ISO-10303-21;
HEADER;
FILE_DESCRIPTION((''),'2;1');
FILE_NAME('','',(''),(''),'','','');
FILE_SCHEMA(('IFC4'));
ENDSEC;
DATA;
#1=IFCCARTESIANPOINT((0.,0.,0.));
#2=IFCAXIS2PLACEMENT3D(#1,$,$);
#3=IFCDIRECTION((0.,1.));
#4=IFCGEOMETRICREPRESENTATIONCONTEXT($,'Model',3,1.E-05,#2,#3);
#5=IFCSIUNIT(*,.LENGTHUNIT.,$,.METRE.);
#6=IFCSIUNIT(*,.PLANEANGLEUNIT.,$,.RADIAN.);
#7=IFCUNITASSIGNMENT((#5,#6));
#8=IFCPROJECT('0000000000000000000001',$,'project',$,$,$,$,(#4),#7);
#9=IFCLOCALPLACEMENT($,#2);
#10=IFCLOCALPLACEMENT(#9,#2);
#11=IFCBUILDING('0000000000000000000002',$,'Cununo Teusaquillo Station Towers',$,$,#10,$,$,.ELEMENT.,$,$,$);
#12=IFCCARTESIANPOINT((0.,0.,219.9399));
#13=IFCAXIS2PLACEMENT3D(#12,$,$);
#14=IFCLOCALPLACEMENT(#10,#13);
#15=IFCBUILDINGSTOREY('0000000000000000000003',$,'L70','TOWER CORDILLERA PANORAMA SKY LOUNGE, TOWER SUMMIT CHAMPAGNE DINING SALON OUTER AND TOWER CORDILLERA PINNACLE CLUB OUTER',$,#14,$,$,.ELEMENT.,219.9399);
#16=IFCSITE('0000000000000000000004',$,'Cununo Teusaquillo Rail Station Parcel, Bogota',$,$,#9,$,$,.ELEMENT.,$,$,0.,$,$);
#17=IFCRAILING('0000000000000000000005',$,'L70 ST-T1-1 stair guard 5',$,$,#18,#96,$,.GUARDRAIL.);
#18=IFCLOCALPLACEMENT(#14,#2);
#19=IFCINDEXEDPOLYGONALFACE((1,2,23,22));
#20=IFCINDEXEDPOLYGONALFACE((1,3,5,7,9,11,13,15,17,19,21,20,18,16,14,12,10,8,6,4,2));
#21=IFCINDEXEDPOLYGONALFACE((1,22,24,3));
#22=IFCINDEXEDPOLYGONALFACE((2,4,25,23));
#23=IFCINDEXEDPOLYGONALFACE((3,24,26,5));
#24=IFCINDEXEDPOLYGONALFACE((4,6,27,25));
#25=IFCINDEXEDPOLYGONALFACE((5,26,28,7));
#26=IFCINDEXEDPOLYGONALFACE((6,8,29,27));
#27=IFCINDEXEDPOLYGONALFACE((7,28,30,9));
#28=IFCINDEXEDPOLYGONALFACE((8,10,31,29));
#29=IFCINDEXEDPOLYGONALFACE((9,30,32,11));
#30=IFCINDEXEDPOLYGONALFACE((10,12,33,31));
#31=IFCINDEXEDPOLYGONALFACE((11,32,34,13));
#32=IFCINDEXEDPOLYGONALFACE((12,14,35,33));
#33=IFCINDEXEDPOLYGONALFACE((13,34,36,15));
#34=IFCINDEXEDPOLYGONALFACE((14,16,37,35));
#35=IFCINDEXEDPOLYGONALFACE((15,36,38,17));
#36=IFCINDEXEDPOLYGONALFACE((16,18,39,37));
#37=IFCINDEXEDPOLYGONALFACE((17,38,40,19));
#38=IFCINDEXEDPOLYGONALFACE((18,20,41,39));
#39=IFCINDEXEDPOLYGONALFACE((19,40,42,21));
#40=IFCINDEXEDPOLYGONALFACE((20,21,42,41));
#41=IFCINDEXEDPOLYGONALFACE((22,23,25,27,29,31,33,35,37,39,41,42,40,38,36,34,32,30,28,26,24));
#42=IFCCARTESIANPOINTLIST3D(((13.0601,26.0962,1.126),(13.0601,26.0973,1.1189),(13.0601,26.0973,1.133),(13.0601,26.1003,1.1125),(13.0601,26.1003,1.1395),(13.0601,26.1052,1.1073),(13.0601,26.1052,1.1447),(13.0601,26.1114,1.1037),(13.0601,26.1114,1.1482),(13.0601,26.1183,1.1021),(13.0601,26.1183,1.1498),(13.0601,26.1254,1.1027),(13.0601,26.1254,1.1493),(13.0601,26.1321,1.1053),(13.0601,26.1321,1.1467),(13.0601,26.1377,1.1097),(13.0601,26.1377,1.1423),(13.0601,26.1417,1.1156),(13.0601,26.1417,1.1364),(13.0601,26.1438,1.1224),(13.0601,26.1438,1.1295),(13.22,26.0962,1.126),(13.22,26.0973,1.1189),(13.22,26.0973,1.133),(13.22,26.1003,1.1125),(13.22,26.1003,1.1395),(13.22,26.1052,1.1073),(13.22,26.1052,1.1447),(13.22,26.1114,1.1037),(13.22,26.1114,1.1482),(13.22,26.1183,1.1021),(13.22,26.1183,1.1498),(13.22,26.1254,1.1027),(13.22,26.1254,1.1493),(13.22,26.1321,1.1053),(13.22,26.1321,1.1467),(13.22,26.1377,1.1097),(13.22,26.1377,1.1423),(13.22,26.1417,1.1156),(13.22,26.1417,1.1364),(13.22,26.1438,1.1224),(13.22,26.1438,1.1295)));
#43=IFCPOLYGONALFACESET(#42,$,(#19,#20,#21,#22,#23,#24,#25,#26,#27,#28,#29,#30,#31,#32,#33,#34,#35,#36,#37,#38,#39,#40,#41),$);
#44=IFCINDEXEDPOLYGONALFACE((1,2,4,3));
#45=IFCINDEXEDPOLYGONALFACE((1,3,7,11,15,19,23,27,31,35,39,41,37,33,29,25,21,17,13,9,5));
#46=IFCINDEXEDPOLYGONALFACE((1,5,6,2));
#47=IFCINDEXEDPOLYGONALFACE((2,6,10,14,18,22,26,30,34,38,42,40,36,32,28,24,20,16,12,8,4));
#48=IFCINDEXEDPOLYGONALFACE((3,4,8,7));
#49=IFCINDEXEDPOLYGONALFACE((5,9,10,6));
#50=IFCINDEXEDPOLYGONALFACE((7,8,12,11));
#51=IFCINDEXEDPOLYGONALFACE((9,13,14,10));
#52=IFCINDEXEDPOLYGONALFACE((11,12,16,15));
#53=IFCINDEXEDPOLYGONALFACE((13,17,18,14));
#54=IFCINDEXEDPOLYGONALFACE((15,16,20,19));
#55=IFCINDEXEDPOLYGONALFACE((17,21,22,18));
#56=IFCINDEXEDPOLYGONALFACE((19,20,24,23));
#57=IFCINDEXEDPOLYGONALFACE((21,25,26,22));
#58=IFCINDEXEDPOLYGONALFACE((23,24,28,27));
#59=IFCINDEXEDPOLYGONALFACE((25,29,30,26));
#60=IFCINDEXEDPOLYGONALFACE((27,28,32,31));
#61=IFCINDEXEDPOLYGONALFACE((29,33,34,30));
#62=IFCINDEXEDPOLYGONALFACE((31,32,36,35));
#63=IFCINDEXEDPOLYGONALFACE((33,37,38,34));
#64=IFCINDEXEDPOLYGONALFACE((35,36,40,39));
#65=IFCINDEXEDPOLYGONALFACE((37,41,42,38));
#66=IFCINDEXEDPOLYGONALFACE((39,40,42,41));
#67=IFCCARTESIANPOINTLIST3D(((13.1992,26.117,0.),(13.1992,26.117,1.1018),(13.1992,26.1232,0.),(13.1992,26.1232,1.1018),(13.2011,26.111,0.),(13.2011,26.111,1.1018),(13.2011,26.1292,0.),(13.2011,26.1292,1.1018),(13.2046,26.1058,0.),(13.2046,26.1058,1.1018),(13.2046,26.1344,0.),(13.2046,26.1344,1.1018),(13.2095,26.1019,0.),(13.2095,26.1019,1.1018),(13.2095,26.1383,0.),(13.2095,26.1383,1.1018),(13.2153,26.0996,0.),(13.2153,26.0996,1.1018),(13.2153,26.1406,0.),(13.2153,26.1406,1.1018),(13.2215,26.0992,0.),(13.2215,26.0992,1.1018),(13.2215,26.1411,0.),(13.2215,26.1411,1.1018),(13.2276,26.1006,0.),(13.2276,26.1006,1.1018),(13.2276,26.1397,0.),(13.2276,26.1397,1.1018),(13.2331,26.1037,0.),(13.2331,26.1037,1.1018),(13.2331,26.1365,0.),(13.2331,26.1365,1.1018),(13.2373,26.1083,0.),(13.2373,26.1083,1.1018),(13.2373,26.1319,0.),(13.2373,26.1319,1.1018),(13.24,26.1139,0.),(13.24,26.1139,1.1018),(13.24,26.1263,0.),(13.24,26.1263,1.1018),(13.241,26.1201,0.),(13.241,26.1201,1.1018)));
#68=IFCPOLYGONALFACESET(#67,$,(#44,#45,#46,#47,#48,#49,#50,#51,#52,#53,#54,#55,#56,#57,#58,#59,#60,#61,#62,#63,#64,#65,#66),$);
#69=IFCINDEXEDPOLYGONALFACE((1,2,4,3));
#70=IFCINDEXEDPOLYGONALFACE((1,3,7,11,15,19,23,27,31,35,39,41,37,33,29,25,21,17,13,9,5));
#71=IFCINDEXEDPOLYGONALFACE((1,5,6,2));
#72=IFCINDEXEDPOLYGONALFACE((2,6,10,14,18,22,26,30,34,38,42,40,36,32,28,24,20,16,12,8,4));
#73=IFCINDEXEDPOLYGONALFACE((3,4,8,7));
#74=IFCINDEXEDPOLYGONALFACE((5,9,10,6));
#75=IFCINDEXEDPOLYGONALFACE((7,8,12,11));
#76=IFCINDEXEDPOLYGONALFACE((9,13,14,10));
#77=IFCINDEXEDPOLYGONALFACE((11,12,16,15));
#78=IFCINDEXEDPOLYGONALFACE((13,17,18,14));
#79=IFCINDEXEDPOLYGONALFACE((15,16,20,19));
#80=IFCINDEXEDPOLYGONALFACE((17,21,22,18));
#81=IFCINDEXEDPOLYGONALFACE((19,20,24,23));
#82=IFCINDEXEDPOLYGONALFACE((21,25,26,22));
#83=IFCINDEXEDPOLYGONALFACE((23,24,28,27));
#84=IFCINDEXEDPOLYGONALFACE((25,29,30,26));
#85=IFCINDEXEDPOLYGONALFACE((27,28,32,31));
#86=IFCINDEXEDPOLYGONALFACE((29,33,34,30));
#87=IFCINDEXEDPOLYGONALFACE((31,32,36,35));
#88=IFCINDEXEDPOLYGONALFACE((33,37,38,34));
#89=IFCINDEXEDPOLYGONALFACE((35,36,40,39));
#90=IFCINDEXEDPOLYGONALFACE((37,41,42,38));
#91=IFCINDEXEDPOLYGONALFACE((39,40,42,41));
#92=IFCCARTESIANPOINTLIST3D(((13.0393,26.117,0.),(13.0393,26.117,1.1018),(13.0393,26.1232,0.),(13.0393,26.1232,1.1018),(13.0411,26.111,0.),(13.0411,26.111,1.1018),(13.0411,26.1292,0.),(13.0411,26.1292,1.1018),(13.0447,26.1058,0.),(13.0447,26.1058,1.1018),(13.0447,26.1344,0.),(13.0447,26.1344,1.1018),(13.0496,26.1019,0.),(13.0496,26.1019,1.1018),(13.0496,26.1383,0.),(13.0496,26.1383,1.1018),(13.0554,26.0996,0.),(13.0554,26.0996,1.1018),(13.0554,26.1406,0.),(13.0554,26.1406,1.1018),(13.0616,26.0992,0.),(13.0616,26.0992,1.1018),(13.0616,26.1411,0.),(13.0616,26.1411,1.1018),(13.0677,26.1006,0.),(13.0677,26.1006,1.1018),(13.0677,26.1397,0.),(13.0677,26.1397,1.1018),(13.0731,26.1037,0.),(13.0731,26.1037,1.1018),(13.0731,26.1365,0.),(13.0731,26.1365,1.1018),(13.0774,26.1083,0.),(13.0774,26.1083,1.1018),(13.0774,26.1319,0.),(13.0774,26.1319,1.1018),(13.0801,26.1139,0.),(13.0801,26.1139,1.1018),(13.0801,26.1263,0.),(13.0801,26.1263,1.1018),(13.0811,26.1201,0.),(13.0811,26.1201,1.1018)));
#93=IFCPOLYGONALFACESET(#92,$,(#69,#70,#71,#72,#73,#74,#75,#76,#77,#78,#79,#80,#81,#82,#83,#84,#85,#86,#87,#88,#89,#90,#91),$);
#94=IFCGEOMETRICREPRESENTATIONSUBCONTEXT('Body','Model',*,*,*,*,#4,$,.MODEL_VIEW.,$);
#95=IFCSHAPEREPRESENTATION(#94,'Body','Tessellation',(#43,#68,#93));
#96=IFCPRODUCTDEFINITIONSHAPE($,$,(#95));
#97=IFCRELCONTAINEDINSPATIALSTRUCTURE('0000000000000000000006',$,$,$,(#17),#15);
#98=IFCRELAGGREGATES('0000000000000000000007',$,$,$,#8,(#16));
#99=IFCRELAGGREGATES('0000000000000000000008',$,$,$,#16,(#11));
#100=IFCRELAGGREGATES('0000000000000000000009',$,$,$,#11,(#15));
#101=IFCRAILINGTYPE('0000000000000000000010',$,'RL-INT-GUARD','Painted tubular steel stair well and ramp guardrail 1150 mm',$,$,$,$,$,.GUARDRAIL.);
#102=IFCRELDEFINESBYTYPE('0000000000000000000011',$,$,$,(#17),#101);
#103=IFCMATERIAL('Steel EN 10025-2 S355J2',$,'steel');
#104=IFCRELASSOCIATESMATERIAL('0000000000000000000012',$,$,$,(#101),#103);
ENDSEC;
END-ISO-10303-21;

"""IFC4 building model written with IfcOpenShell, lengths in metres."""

from ifc_helpers import new_model, si_unit, direction, frame, origin, origin_2d, place, context, subcontext, project, spatial, circle, extrude, material, type_object, element, save


model = new_model("IFC4")

# Units and contexts
model_context = context("Model", 3, precision=1e-05, world=origin(), true_north=direction((0.0, 1.0)))
body_context = subcontext(model_context, "Body", "Model", "MODEL_VIEW")
ifc_project = project(units=[si_unit("LENGTHUNIT", "METRE"), si_unit("PLANEANGLEUNIT", "RADIAN")], contexts=[model_context])

# Site, building, storey
site_placement = place(None, origin())
site = spatial("IfcSite", under=ifc_project, at=site_placement, Name="Cununo Teusaquillo Rail Station Parcel, Bogota", CompositionType="ELEMENT", RefElevation=0.0)
building_placement = place(site_placement, origin())
building = spatial("IfcBuilding", under=site, at=building_placement, Name="Cununo Teusaquillo Station Towers", CompositionType="ELEMENT")
storey_placement = place(building_placement, frame((0.0, 0.0, 219.9399)))
storey = spatial("IfcBuildingStorey", under=building, at=storey_placement, Name="L70", Description="TOWER CORDILLERA PANORAMA SKY LOUNGE, TOWER SUMMIT CHAMPAGNE DINING SALON OUTER AND TOWER CORDILLERA PINNACLE CLUB OUTER", CompositionType="ELEMENT", Elevation=219.9399)

# Railing
ifc_material_1 = material(Name="Steel EN 10025-2 S355J2", Category="steel")
railing_type_1 = type_object("IfcRailingType", Name="RL-INT-GUARD", Description="Painted tubular steel stair well and ramp guardrail 1150 mm", PredefinedType="GUARDRAIL", material=ifc_material_1)
railing_1_placement = place(storey_placement, frame((13.22, 26.1201, 0.0)))
element("IfcRailing", 1, at=railing_1_placement, inside=storey, type_object=railing_type_1, Name="L70 ST-T1-1 stair guard 5", PredefinedType="GUARDRAIL", context=body_context, shape_type="SweptSolid", body=[
    extrude(circle(Radius=0.0239, at=origin_2d()), frame((0.0, 0.0, 1.126), z_axis=(-1.0, 0.0, 0.0), x_axis=(0.0, -1.0, 0.0)), (0.0, 0.0, 1.0), 0.1599),
    extrude(circle(Radius=0.021, at=origin_2d()), origin(), (0.0, 0.0, 1.0), 1.1018),
    extrude(circle(Radius=0.021, at=origin_2d()), frame((-0.1599, 0.0, 0.0)), (0.0, 0.0, 1.0), 1.1018),
])

save(model, "model.ifc")
